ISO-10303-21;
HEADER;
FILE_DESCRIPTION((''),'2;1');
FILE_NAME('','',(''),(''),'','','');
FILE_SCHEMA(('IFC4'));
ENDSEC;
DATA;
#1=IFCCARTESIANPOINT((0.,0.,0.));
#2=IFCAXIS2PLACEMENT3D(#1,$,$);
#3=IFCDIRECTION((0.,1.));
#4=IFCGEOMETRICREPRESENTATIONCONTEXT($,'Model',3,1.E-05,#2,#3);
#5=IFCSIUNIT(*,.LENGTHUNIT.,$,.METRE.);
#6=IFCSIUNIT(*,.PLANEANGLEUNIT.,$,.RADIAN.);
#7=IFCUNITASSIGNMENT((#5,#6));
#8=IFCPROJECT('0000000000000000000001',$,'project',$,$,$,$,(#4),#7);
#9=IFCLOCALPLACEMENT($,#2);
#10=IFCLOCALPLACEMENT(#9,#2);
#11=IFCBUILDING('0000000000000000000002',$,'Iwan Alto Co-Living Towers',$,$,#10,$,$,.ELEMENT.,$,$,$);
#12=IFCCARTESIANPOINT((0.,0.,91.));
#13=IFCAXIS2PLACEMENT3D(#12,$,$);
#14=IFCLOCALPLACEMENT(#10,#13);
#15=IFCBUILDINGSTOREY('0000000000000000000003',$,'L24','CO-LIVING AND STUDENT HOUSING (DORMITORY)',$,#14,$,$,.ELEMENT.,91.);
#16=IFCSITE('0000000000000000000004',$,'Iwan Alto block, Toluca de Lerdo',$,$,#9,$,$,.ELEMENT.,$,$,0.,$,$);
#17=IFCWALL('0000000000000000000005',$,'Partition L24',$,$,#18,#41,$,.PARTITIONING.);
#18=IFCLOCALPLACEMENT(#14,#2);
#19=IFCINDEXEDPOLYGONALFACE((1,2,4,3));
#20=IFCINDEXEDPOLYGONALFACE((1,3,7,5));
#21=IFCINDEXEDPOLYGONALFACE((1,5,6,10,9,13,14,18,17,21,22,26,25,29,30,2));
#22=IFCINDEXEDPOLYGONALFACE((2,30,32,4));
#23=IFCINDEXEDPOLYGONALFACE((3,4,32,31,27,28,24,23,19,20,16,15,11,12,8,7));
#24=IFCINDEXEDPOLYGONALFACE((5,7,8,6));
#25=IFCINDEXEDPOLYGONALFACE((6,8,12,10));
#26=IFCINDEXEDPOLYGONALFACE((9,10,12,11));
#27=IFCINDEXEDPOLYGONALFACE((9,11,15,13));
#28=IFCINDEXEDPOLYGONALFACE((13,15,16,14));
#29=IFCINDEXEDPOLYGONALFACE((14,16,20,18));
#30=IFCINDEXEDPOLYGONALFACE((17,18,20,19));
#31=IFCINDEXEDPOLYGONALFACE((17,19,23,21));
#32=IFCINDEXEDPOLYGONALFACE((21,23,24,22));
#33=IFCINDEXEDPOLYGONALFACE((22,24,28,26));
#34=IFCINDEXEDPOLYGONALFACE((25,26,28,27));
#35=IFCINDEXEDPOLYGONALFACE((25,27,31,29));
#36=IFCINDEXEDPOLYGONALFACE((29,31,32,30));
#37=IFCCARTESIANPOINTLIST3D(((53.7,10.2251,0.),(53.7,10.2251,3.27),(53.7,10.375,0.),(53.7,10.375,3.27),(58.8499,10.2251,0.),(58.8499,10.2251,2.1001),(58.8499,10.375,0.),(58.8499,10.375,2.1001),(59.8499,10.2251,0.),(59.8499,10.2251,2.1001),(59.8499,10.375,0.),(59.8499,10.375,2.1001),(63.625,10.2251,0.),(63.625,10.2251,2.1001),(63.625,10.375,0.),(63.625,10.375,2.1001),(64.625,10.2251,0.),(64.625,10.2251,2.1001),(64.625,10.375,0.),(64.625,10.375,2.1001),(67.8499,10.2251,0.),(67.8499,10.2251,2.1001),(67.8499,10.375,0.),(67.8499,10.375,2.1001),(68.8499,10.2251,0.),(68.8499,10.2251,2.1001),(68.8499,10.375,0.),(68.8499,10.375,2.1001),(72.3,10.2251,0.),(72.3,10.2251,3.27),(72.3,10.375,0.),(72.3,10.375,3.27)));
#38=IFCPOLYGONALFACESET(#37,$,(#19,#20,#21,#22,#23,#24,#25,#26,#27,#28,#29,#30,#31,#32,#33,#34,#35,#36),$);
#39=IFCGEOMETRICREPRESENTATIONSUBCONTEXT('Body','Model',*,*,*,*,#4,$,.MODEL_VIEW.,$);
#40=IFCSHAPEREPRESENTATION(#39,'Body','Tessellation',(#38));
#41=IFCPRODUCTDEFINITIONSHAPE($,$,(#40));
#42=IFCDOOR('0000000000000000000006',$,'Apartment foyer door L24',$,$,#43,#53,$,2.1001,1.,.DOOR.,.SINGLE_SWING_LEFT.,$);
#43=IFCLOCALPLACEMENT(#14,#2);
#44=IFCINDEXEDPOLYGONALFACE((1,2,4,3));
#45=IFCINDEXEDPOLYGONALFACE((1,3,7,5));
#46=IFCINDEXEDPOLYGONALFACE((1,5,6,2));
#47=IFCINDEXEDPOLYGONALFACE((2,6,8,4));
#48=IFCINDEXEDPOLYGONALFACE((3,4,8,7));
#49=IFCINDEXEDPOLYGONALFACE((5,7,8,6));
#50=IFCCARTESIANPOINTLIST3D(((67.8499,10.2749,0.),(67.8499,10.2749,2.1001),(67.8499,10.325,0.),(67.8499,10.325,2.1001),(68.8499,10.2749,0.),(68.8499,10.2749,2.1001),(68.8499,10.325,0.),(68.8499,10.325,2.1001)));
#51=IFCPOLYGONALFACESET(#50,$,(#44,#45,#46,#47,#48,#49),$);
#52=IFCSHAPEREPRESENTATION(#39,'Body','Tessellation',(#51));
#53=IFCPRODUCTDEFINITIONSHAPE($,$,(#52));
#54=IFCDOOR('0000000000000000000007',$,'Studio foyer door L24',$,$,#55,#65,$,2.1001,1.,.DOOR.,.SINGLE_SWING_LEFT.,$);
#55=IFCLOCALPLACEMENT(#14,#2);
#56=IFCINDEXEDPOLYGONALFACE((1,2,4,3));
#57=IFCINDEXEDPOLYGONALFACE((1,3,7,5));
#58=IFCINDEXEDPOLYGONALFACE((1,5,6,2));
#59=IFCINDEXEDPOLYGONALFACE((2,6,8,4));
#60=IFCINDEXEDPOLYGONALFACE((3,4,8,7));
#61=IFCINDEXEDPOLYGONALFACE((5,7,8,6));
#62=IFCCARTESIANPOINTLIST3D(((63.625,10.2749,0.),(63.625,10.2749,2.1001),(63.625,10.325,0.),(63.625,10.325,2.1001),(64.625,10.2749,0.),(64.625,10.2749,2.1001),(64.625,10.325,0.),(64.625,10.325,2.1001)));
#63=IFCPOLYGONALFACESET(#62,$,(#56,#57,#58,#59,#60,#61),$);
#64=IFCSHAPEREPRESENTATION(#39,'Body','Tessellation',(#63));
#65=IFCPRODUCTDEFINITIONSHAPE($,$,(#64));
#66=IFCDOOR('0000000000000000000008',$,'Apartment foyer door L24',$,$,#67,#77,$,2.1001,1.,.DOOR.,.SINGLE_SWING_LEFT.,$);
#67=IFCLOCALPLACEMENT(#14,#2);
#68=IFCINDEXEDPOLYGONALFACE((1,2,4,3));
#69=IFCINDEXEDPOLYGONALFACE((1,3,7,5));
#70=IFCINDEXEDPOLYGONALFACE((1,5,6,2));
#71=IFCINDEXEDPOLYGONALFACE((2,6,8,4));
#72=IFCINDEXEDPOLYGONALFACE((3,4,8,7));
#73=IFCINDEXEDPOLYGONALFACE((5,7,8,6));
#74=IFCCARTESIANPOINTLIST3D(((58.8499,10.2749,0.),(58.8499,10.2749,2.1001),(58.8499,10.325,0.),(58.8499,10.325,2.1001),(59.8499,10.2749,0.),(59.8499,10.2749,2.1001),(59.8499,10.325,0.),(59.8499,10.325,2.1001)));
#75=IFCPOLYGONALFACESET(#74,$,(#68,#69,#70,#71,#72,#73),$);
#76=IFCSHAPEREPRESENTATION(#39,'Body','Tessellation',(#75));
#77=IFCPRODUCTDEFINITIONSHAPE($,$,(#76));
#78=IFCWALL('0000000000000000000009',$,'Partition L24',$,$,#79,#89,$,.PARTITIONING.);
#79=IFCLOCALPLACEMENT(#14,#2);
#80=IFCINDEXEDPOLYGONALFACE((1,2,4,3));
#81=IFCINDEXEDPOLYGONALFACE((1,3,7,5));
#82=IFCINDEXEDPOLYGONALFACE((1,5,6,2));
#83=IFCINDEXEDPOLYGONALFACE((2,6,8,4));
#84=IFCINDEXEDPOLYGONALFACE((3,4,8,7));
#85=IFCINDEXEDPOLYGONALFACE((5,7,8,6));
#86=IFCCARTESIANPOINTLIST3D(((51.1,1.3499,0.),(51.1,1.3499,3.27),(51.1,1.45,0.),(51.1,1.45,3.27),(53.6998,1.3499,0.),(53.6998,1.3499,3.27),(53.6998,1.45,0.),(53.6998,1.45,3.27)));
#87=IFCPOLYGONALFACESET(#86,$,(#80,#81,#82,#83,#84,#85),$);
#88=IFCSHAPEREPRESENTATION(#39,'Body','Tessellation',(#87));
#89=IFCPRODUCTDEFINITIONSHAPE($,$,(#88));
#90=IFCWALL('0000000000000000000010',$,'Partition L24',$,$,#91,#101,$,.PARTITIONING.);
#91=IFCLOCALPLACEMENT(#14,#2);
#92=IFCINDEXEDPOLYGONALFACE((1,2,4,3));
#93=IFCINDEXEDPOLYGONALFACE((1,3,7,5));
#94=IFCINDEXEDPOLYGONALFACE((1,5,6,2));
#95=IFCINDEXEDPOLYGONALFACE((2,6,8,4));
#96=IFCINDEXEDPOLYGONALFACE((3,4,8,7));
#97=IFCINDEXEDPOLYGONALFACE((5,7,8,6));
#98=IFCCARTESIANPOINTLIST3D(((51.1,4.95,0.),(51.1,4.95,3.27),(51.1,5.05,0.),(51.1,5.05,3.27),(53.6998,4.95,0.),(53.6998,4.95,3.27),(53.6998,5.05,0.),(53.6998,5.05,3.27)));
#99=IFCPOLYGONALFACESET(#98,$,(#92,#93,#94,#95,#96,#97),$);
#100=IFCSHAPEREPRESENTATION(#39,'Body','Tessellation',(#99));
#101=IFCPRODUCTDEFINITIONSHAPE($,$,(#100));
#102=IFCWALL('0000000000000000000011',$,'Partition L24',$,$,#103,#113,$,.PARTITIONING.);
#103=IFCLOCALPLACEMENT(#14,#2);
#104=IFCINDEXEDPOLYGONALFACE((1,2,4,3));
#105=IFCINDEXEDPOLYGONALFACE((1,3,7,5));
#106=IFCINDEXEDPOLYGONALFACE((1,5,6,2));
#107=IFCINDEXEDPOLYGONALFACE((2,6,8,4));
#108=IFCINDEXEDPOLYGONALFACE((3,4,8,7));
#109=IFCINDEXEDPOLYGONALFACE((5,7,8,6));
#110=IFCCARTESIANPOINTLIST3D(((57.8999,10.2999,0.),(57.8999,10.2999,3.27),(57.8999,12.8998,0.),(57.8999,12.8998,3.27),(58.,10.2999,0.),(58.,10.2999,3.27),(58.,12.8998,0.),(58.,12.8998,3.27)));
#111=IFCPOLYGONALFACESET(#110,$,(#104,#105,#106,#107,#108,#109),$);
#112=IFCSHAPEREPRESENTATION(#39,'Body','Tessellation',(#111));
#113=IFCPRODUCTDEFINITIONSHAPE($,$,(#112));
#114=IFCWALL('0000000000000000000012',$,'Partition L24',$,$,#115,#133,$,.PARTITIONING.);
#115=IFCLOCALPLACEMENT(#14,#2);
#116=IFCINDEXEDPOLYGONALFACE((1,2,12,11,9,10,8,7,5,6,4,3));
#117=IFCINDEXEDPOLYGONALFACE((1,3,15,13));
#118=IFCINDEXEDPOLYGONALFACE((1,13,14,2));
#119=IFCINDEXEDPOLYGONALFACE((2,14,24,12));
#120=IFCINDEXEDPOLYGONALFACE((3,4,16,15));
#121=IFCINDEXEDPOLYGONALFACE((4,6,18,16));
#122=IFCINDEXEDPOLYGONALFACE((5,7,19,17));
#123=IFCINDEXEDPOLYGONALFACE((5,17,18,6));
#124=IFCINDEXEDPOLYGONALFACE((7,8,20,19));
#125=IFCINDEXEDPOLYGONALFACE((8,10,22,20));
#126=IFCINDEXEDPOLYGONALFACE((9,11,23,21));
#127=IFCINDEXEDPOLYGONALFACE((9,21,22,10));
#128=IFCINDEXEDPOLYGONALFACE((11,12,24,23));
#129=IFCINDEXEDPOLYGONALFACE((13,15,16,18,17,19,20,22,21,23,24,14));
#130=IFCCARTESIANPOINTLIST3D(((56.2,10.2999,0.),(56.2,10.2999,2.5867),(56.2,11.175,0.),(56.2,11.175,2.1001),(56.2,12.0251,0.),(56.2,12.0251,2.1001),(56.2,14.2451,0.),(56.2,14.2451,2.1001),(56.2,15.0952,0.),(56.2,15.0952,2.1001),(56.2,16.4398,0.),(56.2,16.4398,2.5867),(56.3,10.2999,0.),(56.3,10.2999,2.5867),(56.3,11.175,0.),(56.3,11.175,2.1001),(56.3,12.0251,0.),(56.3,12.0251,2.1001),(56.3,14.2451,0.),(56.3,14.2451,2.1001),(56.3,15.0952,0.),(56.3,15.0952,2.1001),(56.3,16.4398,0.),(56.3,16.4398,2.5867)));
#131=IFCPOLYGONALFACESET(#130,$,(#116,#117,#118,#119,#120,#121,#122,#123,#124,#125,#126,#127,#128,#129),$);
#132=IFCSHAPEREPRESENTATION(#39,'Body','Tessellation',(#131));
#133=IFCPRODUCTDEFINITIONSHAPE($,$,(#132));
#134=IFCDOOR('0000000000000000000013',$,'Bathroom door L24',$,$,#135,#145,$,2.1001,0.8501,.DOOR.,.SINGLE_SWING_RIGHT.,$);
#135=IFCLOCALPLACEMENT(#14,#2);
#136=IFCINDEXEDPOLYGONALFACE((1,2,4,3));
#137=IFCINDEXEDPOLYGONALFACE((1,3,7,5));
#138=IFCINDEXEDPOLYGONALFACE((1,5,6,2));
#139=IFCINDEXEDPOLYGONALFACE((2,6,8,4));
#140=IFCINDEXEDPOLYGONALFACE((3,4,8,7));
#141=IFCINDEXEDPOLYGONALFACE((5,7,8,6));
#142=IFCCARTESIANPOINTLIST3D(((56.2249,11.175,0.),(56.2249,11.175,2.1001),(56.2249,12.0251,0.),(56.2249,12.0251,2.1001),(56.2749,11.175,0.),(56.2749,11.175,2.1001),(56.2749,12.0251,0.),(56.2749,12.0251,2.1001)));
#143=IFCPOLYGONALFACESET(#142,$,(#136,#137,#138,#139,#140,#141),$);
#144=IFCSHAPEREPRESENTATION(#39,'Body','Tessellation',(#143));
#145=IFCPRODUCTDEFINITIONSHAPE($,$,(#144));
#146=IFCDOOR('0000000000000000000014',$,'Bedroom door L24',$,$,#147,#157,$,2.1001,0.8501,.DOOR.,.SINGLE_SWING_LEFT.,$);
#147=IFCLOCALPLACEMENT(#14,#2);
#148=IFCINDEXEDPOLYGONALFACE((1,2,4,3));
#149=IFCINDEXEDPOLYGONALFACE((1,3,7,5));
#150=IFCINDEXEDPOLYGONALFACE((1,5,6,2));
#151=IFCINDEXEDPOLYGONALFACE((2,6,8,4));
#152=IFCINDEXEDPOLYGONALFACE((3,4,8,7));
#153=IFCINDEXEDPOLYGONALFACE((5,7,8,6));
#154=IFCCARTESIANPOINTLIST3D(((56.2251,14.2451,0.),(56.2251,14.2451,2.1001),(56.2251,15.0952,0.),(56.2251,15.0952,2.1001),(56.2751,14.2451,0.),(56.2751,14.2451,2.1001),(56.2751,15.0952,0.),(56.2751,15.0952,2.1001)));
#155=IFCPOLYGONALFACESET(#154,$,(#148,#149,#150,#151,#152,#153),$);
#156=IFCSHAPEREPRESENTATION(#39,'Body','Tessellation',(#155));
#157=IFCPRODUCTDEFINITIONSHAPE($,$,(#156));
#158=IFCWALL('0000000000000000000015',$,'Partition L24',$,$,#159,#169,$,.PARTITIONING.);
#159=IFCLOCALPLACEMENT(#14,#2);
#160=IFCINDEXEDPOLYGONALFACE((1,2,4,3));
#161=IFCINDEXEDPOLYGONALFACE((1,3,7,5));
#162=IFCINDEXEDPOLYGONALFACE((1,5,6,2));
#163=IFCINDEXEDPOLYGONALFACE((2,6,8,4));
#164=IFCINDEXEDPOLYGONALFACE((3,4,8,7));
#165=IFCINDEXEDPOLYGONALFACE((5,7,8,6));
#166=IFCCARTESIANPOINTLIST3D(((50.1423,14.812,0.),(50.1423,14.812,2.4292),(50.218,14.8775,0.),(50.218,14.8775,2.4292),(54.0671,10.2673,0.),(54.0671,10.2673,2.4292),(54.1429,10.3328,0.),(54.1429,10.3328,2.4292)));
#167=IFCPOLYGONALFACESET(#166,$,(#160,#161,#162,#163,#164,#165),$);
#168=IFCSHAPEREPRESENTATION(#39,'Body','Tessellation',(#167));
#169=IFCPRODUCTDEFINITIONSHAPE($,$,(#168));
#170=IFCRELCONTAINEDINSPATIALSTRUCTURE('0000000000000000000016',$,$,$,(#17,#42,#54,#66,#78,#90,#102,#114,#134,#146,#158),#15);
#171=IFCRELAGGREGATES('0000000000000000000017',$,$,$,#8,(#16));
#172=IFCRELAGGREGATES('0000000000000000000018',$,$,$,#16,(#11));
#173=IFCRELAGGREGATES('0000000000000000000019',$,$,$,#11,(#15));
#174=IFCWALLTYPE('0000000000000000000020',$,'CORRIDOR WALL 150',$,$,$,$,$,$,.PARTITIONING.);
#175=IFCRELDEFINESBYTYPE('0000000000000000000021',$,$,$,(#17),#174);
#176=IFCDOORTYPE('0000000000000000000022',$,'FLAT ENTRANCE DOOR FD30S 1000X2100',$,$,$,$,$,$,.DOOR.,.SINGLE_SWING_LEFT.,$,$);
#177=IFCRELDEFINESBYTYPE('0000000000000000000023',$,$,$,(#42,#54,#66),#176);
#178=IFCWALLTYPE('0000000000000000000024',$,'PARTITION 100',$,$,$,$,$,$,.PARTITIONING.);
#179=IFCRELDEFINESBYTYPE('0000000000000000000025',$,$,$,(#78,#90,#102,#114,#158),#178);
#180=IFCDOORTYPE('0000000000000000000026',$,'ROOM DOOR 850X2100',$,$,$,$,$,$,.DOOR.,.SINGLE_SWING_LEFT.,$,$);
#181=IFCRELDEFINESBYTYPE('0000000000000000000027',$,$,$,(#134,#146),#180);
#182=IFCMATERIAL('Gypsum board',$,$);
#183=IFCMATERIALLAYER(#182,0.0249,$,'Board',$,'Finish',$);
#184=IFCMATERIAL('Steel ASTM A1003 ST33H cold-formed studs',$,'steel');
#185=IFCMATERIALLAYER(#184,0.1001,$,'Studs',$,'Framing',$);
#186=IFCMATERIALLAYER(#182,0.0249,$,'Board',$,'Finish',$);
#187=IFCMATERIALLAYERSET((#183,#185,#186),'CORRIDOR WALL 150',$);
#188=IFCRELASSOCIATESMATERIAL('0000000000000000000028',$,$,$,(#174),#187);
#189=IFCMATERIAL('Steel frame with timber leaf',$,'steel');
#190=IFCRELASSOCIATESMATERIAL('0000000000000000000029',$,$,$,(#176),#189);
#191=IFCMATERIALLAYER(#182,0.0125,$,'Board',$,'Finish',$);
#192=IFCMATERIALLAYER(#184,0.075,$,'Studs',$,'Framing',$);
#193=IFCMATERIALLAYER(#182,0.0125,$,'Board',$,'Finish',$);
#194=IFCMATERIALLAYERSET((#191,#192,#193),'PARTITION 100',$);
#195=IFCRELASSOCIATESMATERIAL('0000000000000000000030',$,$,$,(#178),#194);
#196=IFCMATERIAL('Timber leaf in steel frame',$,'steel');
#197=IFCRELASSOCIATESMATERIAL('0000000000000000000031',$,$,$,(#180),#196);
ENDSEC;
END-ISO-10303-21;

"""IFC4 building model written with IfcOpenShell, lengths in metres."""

from ifc_helpers import new_model, si_unit, direction, frame, frame_2d, origin, place, context, subcontext, project, spatial, rectangle, extrude, material, layer, layer_set, type_object, element, fill, save


model = new_model("IFC4")

# Units and contexts
model_context = context("Model", 3, precision=1e-05, world=origin(), true_north=direction((0.0, 1.0)))
body_context = subcontext(model_context, "Body", "Model", "MODEL_VIEW")
ifc_project = project(units=[si_unit("LENGTHUNIT", "METRE"), si_unit("PLANEANGLEUNIT", "RADIAN")], contexts=[model_context])

# Site, building, storey
site_placement = place(None, origin())
site = spatial("IfcSite", under=ifc_project, at=site_placement, Name="Iwan Alto block, Toluca de Lerdo", CompositionType="ELEMENT", RefElevation=0.0)
building_placement = place(site_placement, origin())
building = spatial("IfcBuilding", under=site, at=building_placement, Name="Iwan Alto Co-Living Towers", CompositionType="ELEMENT")
storey_placement = place(building_placement, frame((0.0, 0.0, 91.0)))
storey = spatial("IfcBuildingStorey", under=building, at=storey_placement, Name="L24", Description="CO-LIVING AND STUDENT HOUSING (DORMITORY)", CompositionType="ELEMENT", Elevation=91.0)

# Wall, openings, doors
ifc_material_1 = material(Name="Gypsum board")
ifc_layer_1 = layer(ifc_material_1, 0.0249, Name="Board", Category="Finish")
ifc_material_2 = material(Name="Steel ASTM A1003 ST33H cold-formed studs", Category="steel")
ifc_layer_2 = layer(ifc_material_2, 0.1001, Name="Studs", Category="Framing")
ifc_layer_3 = layer(ifc_material_1, 0.0249, Name="Board", Category="Finish")
ifc_layer_set_1 = layer_set([ifc_layer_1, ifc_layer_2, ifc_layer_3], Name="CORRIDOR WALL 150")
wall_type_1 = type_object("IfcWallType", Name="CORRIDOR WALL 150", PredefinedType="PARTITIONING", material=ifc_layer_set_1)
wall_1_placement = place(storey_placement, frame((53.7, 10.3, 0.0), z_axis=(0.0, 0.0, 1.0), x_axis=(1.0, 0.0, 0.0)))
wall_1 = element("IfcWall", 1, at=wall_1_placement, inside=storey, type_object=wall_type_1, Name="Partition L24", PredefinedType="PARTITIONING", context=body_context, shape_type="SweptSolid", body=[
    extrude(rectangle(XDim=18.6001, YDim=0.1499, at=frame_2d((9.3, 0.0))), origin(), (0.0, 0.0, 1.0), 3.27),
])
opening_1_placement = place(wall_1_placement, frame((14.1499, 0.0, 0.0)))
opening_1 = element("IfcOpeningElement", 2, at=opening_1_placement, cuts=wall_1, PredefinedType="OPENING", context=body_context, shape_type="SweptSolid", body=[
    extrude(rectangle(XDim=1.0, YDim=2.1001, at=frame_2d((0.5, 1.05))), frame((0.0, 0.085, 0.0), z_axis=(0.0, -1.0, 0.0), x_axis=(1.0, 0.0, 0.0)), (0.0, 0.0, 1.0), 0.1699),
])
opening_2_placement = place(wall_1_placement, frame((9.925, 0.0, 0.0)))
opening_2 = element("IfcOpeningElement", 3, at=opening_2_placement, cuts=wall_1, PredefinedType="OPENING", context=body_context, shape_type="SweptSolid", body=[
    extrude(rectangle(XDim=1.0, YDim=2.1001, at=frame_2d((0.5, 1.05))), frame((0.0, 0.085, 0.0), z_axis=(0.0, -1.0, 0.0), x_axis=(1.0, 0.0, 0.0)), (0.0, 0.0, 1.0), 0.1699),
])
opening_3_placement = place(wall_1_placement, frame((5.1499, 0.0, 0.0)))
opening_3 = element("IfcOpeningElement", 4, at=opening_3_placement, cuts=wall_1, PredefinedType="OPENING", context=body_context, shape_type="SweptSolid", body=[
    extrude(rectangle(XDim=1.0, YDim=2.1001, at=frame_2d((0.5, 1.05))), frame((0.0, 0.085, 0.0), z_axis=(0.0, -1.0, 0.0), x_axis=(1.0, 0.0, 0.0)), (0.0, 0.0, 1.0), 0.1699),
])
ifc_material_3 = material(Name="Steel frame with timber leaf", Category="steel")
door_type_1 = type_object("IfcDoorType", Name="FLAT ENTRANCE DOOR FD30S 1000X2100", OperationType="SINGLE_SWING_LEFT", PredefinedType="DOOR", material=ifc_material_3)
door_1_placement = place(opening_1_placement, origin())
door_1 = element("IfcDoor", 5, at=door_1_placement, inside=storey, type_object=door_type_1, Name="Apartment foyer door L24", OperationType="SINGLE_SWING_LEFT", OverallHeight=2.1001, OverallWidth=1.0, PredefinedType="DOOR", context=body_context, shape_type="SweptSolid", body=[
    extrude(rectangle(XDim=1.0, YDim=2.1001, at=frame_2d((0.5, 1.05))), frame((0.0, 0.0249, 0.0), z_axis=(0.0, -1.0, 0.0), x_axis=(1.0, 0.0, 0.0)), (0.0, 0.0, 1.0), 0.05),
])
fill(opening_1, door_1)
door_2_placement = place(opening_2_placement, origin())
door_2 = element("IfcDoor", 6, at=door_2_placement, inside=storey, type_object=door_type_1, Name="Studio foyer door L24", OperationType="SINGLE_SWING_LEFT", OverallHeight=2.1001, OverallWidth=1.0, PredefinedType="DOOR", context=body_context, shape_type="SweptSolid", body=[
    extrude(rectangle(XDim=1.0, YDim=2.1001, at=frame_2d((0.5, 1.05))), frame((0.0, 0.0249, 0.0), z_axis=(0.0, -1.0, 0.0), x_axis=(1.0, 0.0, 0.0)), (0.0, 0.0, 1.0), 0.05),
])
fill(opening_2, door_2)
door_3_placement = place(opening_3_placement, origin())
door_3 = element("IfcDoor", 7, at=door_3_placement, inside=storey, type_object=door_type_1, Name="Apartment foyer door L24", OperationType="SINGLE_SWING_LEFT", OverallHeight=2.1001, OverallWidth=1.0, PredefinedType="DOOR", context=body_context, shape_type="SweptSolid", body=[
    extrude(rectangle(XDim=1.0, YDim=2.1001, at=frame_2d((0.5, 1.05))), frame((0.0, 0.0249, 0.0), z_axis=(0.0, -1.0, 0.0), x_axis=(1.0, 0.0, 0.0)), (0.0, 0.0, 1.0), 0.05),
])
fill(opening_3, door_3)

# Walls
ifc_layer_4 = layer(ifc_material_1, 0.0125, Name="Board", Category="Finish")
ifc_layer_5 = layer(ifc_material_2, 0.075, Name="Studs", Category="Framing")
ifc_layer_6 = layer(ifc_material_1, 0.0125, Name="Board", Category="Finish")
ifc_layer_set_2 = layer_set([ifc_layer_4, ifc_layer_5, ifc_layer_6], Name="PARTITION 100")
wall_type_2 = type_object("IfcWallType", Name="PARTITION 100", PredefinedType="PARTITIONING", material=ifc_layer_set_2)
for number, where, z_axis, x_axis, name in (
    (8, (51.1001, 1.3999, 0.0), (0.0, 0.0, 1.0), (1.0, 0.0, 0.0), "Partition L24"),
    (9, (51.1001, 5.0, 0.0), (0.0, 0.0, 1.0), (1.0, 0.0, 0.0), "Partition L24"),
    (10, (57.95, 10.3, 0.0), (0.0, 0.0, 1.0), (0.0, 1.0, 0.0), "Partition L24"),
):
    element("IfcWall", number, at=place(storey_placement, frame(where, z_axis=z_axis, x_axis=x_axis)), inside=storey, type_object=wall_type_2, Name=name, PredefinedType="PARTITIONING", context=body_context, shape_type="SweptSolid", body=[
        extrude(rectangle(XDim=2.5999, YDim=0.1001, at=frame_2d((1.2998, 0.0))), origin(), (0.0, 0.0, 1.0), 3.27),
    ])

# Wall, openings, doors
wall_2_placement = place(storey_placement, frame((56.25, 10.3, 0.0), z_axis=(0.0, 0.0, 1.0), x_axis=(0.0, 1.0, 0.0)))
wall_2 = element("IfcWall", 11, at=wall_2_placement, inside=storey, type_object=wall_type_2, Name="Partition L24", PredefinedType="PARTITIONING", context=body_context, shape_type="SweptSolid", body=[
    extrude(rectangle(XDim=6.1399, YDim=0.1001, at=frame_2d((3.0698, 0.0))), origin(), (0.0, 0.0, 1.0), 2.5867),
])
opening_4_placement = place(wall_2_placement, frame((0.875, 0.0, 0.0)))
opening_4 = element("IfcOpeningElement", 12, at=opening_4_placement, cuts=wall_2, PredefinedType="OPENING", context=body_context, shape_type="SweptSolid", body=[
    extrude(rectangle(XDim=0.8501, YDim=2.1001, at=frame_2d((0.425, 1.05))), frame((0.0, 0.0601, 0.0), z_axis=(0.0, -1.0, 0.0), x_axis=(1.0, 0.0, 0.0)), (0.0, 0.0, 1.0), 0.1201),
])
opening_5_placement = place(wall_2_placement, frame((3.9451, 0.0, 0.0)))
opening_5 = element("IfcOpeningElement", 13, at=opening_5_placement, cuts=wall_2, PredefinedType="OPENING", context=body_context, shape_type="SweptSolid", body=[
    extrude(rectangle(XDim=0.8501, YDim=2.1001, at=frame_2d((0.425, 1.05))), frame((0.0, 0.0601, 0.0), z_axis=(0.0, -1.0, 0.0), x_axis=(1.0, 0.0, 0.0)), (0.0, 0.0, 1.0), 0.1201),
])
ifc_material_4 = material(Name="Timber leaf in steel frame", Category="steel")
door_type_2 = type_object("IfcDoorType", Name="ROOM DOOR 850X2100", OperationType="SINGLE_SWING_LEFT", PredefinedType="DOOR", material=ifc_material_4)
door_4_placement = place(opening_4_placement, frame((0.8501, 0.0, 0.0), z_axis=(0.0, 0.0, 1.0), x_axis=(-1.0, 0.0, 0.0)))
door_4 = element("IfcDoor", 14, at=door_4_placement, inside=storey, type_object=door_type_2, Name="Bathroom door L24", OperationType="SINGLE_SWING_RIGHT", OverallHeight=2.1001, OverallWidth=0.8501, PredefinedType="DOOR", context=body_context, shape_type="SweptSolid", body=[
    extrude(rectangle(XDim=0.8501, YDim=2.1001, at=frame_2d((0.425, 1.05))), frame((0.0, 0.0249, 0.0), z_axis=(0.0, -1.0, 0.0), x_axis=(1.0, 0.0, 0.0)), (0.0, 0.0, 1.0), 0.05),
])
fill(opening_4, door_4)
door_5_placement = place(opening_5_placement, origin())
door_5 = element("IfcDoor", 15, at=door_5_placement, inside=storey, type_object=door_type_2, Name="Bedroom door L24", OperationType="SINGLE_SWING_LEFT", OverallHeight=2.1001, OverallWidth=0.8501, PredefinedType="DOOR", context=body_context, shape_type="SweptSolid", body=[
    extrude(rectangle(XDim=0.8501, YDim=2.1001, at=frame_2d((0.425, 1.05))), frame((0.0, 0.0249, 0.0), z_axis=(0.0, -1.0, 0.0), x_axis=(1.0, 0.0, 0.0)), (0.0, 0.0, 1.0), 0.05),
])
fill(opening_5, door_5)

# Wall
wall_3_placement = place(storey_placement, frame((54.105, 10.3, 0.0), z_axis=(0.0, 0.0, 1.0), x_axis=(-0.653606, 0.756835, 0.0)))
element("IfcWall", 16, at=wall_3_placement, inside=storey, type_object=wall_type_2, Name="Partition L24", PredefinedType="PARTITIONING", context=body_context, shape_type="SweptSolid", body=[
    extrude(rectangle(XDim=6.0049, YDim=0.1001, at=frame_2d((3.0024, 0.0))), origin(), (0.0, 0.0, 1.0), 2.4292),
])

save(model, "model.ifc")
